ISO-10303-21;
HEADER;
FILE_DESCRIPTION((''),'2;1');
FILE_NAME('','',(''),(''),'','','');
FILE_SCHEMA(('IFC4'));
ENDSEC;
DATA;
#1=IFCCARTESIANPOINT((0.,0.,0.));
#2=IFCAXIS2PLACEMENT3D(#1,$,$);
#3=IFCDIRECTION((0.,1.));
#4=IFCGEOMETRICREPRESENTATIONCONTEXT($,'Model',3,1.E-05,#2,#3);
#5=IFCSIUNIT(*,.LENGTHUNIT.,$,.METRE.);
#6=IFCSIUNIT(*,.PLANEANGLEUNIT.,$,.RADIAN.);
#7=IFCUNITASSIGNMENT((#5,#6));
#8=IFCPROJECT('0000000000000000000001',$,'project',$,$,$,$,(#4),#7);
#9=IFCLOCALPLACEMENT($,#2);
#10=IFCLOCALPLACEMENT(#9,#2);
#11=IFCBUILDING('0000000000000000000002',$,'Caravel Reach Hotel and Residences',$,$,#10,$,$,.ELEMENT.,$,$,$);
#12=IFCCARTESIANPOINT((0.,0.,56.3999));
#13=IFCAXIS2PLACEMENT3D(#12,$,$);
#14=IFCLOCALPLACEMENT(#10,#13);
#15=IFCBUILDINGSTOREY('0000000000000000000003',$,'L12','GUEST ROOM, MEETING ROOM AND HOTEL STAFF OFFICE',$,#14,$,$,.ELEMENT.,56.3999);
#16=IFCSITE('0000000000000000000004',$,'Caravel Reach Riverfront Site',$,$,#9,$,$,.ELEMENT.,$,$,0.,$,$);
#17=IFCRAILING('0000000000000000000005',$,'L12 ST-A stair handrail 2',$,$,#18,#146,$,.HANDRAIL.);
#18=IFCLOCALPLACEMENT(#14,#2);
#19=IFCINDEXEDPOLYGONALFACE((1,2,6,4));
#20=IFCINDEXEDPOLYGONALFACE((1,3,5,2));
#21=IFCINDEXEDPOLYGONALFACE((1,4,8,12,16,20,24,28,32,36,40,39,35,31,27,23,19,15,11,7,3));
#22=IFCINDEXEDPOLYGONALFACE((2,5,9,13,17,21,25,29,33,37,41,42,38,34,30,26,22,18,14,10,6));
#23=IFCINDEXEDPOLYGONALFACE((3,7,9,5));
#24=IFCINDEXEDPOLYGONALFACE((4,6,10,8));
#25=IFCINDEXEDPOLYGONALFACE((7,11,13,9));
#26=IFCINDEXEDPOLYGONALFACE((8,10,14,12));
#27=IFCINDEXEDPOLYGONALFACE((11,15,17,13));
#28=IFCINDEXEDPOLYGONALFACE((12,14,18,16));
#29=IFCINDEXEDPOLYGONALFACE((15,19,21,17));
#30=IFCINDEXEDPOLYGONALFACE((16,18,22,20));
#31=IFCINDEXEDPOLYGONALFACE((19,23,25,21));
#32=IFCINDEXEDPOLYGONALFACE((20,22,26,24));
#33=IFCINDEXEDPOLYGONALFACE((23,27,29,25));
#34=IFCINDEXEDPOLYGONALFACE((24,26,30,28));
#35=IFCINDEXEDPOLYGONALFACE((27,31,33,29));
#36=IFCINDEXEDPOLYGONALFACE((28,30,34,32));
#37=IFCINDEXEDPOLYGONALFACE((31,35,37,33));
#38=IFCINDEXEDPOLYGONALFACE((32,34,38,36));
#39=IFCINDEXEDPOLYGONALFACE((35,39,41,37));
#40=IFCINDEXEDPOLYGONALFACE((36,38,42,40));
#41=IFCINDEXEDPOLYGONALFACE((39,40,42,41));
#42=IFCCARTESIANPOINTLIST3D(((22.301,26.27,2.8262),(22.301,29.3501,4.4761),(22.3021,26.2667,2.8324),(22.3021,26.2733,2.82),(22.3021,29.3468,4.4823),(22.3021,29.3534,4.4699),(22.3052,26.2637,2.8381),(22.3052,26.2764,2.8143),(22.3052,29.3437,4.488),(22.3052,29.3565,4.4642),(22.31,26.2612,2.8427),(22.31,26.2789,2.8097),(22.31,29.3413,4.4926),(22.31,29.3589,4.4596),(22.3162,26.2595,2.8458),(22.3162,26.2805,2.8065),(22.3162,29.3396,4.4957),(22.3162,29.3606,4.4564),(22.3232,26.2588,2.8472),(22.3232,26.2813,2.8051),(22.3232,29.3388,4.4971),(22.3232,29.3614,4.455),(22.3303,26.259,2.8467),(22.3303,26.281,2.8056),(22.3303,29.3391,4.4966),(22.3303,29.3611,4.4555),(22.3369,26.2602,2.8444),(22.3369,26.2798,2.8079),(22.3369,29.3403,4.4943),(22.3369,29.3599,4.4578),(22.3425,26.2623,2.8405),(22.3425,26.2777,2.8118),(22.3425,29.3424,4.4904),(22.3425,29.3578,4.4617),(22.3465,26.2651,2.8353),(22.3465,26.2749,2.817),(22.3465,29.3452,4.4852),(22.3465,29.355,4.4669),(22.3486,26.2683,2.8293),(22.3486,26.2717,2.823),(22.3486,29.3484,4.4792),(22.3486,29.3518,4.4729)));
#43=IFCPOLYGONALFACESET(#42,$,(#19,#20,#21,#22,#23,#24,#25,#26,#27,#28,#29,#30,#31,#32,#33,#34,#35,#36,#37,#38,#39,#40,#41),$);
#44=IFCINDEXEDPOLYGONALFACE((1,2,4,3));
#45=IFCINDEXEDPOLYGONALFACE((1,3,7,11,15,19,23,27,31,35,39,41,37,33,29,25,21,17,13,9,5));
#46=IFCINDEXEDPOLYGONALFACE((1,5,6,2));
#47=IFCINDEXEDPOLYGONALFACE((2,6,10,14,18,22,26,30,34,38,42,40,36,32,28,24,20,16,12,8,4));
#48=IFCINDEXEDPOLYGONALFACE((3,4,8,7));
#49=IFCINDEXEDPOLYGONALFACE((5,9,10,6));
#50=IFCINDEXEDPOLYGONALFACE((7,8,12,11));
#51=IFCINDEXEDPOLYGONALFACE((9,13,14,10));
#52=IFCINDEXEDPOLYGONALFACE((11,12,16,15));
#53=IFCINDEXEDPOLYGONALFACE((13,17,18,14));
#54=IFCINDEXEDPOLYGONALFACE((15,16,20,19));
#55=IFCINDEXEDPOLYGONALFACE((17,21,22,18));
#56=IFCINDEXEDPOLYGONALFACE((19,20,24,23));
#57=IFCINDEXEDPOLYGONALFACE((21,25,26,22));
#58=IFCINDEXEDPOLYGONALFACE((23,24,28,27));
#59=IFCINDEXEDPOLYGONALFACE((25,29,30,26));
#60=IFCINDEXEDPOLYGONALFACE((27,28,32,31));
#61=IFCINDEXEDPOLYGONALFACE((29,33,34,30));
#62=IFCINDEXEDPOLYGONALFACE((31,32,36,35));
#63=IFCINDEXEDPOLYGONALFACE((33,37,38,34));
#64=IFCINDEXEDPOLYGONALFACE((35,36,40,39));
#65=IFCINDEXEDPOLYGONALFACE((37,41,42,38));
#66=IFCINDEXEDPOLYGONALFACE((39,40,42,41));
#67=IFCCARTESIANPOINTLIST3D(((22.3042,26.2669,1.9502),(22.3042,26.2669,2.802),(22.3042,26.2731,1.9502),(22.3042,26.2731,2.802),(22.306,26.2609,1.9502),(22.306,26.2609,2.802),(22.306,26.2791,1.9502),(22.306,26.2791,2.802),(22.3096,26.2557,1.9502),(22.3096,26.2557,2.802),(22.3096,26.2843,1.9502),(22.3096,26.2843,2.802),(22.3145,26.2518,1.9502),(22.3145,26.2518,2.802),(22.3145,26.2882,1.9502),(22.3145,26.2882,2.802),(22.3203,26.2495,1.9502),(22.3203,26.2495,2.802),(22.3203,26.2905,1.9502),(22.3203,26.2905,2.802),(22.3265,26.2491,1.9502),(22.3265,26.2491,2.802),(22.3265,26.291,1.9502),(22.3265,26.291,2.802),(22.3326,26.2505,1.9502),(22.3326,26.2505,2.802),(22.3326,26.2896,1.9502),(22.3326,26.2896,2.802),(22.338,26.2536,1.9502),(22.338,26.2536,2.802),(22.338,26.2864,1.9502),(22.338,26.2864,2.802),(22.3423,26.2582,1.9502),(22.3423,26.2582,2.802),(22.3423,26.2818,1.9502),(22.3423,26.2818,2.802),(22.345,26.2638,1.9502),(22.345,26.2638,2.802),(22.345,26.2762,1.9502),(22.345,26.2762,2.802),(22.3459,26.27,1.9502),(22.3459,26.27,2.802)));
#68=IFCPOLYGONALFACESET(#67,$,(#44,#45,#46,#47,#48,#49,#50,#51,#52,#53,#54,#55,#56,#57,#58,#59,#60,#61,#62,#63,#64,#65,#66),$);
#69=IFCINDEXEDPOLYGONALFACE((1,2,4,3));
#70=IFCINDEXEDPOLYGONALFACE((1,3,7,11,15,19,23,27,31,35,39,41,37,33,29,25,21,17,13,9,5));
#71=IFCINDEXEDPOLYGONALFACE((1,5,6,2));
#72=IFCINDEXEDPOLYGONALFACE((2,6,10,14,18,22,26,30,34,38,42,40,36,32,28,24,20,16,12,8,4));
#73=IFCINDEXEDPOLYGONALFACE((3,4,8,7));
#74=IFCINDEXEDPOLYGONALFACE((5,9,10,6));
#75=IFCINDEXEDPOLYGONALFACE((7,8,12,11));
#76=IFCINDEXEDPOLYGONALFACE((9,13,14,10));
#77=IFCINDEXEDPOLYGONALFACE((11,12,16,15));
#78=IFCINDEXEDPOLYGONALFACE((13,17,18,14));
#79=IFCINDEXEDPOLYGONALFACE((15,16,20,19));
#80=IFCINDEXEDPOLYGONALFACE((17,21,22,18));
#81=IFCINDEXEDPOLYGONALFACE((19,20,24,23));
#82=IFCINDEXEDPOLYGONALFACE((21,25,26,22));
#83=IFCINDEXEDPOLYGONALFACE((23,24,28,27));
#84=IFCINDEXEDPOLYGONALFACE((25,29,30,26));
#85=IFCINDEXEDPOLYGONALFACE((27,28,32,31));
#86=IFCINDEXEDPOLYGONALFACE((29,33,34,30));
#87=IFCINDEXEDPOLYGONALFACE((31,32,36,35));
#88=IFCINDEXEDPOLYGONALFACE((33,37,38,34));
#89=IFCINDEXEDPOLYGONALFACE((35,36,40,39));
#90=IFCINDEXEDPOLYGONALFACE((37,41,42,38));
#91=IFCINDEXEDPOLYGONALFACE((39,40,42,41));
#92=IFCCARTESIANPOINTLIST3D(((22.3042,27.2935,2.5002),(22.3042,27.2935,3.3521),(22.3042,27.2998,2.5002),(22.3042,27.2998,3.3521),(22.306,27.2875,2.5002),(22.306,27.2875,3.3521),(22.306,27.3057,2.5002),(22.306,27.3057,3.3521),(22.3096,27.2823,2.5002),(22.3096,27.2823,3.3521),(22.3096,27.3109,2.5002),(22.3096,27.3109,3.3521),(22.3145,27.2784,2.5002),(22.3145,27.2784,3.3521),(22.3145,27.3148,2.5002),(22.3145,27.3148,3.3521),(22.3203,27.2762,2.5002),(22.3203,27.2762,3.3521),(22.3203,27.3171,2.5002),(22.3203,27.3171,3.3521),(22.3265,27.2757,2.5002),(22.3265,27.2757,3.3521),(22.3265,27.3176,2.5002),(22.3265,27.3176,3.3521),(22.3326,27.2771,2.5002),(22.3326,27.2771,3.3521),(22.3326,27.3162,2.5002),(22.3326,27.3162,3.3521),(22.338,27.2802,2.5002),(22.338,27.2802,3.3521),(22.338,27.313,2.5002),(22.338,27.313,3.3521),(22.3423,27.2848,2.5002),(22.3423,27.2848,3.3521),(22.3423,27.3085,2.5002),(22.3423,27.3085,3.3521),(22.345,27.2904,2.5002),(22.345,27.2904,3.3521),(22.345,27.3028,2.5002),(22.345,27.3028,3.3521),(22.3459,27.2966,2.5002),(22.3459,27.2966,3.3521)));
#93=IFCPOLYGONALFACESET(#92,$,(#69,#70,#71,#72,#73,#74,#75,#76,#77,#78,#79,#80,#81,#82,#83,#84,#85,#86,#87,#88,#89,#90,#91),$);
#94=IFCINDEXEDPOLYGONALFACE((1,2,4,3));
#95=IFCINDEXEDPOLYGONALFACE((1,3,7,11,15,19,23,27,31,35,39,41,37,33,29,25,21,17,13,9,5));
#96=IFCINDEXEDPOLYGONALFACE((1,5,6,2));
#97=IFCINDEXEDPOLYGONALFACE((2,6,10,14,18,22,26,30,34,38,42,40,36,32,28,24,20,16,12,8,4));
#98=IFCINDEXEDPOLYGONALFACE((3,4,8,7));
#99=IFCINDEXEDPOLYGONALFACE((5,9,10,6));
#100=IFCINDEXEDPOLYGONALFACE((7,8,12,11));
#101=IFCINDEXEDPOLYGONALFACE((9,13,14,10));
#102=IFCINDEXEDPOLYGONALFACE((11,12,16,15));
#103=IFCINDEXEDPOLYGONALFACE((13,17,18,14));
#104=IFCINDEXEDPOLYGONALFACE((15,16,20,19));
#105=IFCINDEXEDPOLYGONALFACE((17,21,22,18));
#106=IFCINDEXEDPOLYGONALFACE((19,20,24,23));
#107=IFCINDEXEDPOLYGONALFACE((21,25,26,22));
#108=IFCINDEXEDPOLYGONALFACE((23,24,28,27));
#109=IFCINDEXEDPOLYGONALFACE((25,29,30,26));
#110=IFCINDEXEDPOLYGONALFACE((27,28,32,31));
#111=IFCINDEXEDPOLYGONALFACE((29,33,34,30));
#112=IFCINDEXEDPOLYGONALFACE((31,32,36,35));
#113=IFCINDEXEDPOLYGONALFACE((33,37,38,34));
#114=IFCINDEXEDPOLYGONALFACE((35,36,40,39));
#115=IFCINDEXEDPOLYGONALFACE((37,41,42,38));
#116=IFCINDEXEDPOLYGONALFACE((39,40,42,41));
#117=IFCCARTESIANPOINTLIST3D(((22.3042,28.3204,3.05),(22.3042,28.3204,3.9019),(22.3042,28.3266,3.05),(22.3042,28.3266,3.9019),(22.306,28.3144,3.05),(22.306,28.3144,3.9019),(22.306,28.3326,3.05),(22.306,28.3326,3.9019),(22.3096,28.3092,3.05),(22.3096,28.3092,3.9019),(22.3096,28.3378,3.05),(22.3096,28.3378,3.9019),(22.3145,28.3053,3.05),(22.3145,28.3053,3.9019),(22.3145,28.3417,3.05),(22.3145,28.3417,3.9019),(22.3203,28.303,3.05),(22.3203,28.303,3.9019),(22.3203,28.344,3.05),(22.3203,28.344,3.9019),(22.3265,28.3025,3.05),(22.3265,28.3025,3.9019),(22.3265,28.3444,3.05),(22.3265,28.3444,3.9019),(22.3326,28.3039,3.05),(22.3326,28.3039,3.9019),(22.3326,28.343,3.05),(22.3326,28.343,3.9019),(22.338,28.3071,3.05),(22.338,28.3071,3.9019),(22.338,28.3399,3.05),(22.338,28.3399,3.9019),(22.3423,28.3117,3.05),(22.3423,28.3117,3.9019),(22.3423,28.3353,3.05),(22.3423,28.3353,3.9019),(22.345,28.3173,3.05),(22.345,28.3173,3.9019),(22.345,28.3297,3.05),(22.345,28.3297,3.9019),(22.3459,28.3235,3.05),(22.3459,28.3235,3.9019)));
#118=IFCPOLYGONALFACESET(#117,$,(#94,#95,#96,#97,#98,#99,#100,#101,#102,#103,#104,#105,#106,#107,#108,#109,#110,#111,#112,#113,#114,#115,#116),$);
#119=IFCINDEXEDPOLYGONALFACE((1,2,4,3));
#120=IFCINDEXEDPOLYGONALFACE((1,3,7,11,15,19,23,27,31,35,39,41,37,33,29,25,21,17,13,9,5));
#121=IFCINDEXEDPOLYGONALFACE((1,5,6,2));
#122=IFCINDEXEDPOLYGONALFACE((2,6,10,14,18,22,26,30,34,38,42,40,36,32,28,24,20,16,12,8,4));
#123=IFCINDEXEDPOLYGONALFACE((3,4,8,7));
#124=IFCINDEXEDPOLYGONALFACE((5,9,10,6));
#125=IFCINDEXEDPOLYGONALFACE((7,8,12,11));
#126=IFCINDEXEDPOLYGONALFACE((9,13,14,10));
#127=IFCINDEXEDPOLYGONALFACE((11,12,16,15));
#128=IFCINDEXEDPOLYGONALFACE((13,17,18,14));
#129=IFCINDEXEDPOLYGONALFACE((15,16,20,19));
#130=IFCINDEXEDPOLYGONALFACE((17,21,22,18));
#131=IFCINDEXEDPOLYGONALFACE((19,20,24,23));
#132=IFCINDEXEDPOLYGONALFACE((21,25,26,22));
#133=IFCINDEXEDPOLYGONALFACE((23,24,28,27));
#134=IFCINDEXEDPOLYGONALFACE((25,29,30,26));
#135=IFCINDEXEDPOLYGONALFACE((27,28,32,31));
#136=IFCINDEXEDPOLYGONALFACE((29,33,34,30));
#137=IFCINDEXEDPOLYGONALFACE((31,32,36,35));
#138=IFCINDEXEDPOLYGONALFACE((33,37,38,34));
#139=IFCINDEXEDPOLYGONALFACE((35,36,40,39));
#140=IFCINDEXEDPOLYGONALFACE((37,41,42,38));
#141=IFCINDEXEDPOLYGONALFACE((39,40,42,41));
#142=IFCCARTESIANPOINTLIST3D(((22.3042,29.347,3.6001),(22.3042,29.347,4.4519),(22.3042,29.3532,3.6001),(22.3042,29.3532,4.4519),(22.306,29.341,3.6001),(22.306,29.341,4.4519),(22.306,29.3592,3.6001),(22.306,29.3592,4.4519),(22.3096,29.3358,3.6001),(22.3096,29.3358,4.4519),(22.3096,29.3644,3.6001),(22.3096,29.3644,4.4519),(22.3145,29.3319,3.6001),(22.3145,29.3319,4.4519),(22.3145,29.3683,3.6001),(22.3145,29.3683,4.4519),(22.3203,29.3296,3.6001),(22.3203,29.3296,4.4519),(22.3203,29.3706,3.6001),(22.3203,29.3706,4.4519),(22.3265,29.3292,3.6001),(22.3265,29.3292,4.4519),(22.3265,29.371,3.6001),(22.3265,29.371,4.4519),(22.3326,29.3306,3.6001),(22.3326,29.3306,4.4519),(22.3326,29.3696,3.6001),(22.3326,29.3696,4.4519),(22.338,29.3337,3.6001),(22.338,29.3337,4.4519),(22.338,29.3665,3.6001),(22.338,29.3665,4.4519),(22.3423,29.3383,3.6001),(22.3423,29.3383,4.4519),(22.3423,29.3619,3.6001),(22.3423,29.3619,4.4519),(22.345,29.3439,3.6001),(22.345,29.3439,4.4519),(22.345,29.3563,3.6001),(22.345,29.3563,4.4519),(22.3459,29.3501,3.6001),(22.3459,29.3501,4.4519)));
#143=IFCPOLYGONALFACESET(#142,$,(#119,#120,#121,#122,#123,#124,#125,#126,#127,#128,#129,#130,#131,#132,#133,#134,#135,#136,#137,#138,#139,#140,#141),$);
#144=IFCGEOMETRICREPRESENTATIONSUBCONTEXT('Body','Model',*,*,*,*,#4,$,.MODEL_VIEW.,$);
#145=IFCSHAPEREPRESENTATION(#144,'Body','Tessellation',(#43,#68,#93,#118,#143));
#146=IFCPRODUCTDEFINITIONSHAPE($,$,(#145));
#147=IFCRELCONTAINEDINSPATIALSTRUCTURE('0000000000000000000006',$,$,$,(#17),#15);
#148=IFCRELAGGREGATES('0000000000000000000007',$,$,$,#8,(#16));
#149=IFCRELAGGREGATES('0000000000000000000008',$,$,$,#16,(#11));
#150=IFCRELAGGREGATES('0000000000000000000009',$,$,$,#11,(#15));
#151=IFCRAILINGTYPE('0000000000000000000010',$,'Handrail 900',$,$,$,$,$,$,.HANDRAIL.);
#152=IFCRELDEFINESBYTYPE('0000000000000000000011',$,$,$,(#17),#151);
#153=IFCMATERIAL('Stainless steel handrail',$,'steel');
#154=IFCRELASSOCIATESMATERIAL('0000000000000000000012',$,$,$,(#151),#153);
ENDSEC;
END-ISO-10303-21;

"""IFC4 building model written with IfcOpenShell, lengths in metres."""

from ifc_helpers import new_model, si_unit, direction, frame, origin, origin_2d, place, context, subcontext, project, spatial, circle, extrude, material, type_object, element, save


model = new_model("IFC4")

# Units and contexts
model_context = context("Model", 3, precision=1e-05, world=origin(), true_north=direction((0.0, 1.0)))
body_context = subcontext(model_context, "Body", "Model", "MODEL_VIEW")
ifc_project = project(units=[si_unit("LENGTHUNIT", "METRE"), si_unit("PLANEANGLEUNIT", "RADIAN")], contexts=[model_context])

# Site, building, storey
site_placement = place(None, origin())
site = spatial("IfcSite", under=ifc_project, at=site_placement, Name="Caravel Reach Riverfront Site", CompositionType="ELEMENT", RefElevation=0.0)
building_placement = place(site_placement, origin())
building = spatial("IfcBuilding", under=site, at=building_placement, Name="Caravel Reach Hotel and Residences", CompositionType="ELEMENT")
storey_placement = place(building_placement, frame((0.0, 0.0, 56.3999)))
storey = spatial("IfcBuildingStorey", under=building, at=storey_placement, Name="L12", Description="GUEST ROOM, MEETING ROOM AND HOTEL STAFF OFFICE", CompositionType="ELEMENT", Elevation=56.3999)

# Railing
ifc_material_1 = material(Name="Stainless steel handrail", Category="steel")
railing_type_1 = type_object("IfcRailingType", Name="Handrail 900", PredefinedType="HANDRAIL", material=ifc_material_1)
railing_1_placement = place(storey_placement, frame((22.325, 26.27, 1.9502)))
element("IfcRailing", 1, at=railing_1_placement, inside=storey, type_object=railing_type_1, Name="L12 ST-A stair handrail 2", PredefinedType="HANDRAIL", context=body_context, shape_type="SweptSolid", body=[
    extrude(circle(Radius=0.0239, at=origin_2d()), frame((0.0, 0.0, 0.876), z_axis=(0.0, 0.881497, 0.47219), x_axis=(-1.0, 0.0, 0.0)), (0.0, 0.0, 1.0), 3.4941),
    extrude(circle(Radius=0.021, at=origin_2d()), origin(), (0.0, 0.0, 1.0), 0.8518),
    extrude(circle(Radius=0.021, at=origin_2d()), frame((0.0, 1.0266, 0.55)), (0.0, 0.0, 1.0), 0.8518),
    extrude(circle(Radius=0.021, at=origin_2d()), frame((0.0, 2.0535, 1.0999)), (0.0, 0.0, 1.0), 0.8518),
    extrude(circle(Radius=0.021, at=origin_2d()), frame((0.0, 3.0801, 1.6499)), (0.0, 0.0, 1.0), 0.8518),
])

save(model, "model.ifc")
